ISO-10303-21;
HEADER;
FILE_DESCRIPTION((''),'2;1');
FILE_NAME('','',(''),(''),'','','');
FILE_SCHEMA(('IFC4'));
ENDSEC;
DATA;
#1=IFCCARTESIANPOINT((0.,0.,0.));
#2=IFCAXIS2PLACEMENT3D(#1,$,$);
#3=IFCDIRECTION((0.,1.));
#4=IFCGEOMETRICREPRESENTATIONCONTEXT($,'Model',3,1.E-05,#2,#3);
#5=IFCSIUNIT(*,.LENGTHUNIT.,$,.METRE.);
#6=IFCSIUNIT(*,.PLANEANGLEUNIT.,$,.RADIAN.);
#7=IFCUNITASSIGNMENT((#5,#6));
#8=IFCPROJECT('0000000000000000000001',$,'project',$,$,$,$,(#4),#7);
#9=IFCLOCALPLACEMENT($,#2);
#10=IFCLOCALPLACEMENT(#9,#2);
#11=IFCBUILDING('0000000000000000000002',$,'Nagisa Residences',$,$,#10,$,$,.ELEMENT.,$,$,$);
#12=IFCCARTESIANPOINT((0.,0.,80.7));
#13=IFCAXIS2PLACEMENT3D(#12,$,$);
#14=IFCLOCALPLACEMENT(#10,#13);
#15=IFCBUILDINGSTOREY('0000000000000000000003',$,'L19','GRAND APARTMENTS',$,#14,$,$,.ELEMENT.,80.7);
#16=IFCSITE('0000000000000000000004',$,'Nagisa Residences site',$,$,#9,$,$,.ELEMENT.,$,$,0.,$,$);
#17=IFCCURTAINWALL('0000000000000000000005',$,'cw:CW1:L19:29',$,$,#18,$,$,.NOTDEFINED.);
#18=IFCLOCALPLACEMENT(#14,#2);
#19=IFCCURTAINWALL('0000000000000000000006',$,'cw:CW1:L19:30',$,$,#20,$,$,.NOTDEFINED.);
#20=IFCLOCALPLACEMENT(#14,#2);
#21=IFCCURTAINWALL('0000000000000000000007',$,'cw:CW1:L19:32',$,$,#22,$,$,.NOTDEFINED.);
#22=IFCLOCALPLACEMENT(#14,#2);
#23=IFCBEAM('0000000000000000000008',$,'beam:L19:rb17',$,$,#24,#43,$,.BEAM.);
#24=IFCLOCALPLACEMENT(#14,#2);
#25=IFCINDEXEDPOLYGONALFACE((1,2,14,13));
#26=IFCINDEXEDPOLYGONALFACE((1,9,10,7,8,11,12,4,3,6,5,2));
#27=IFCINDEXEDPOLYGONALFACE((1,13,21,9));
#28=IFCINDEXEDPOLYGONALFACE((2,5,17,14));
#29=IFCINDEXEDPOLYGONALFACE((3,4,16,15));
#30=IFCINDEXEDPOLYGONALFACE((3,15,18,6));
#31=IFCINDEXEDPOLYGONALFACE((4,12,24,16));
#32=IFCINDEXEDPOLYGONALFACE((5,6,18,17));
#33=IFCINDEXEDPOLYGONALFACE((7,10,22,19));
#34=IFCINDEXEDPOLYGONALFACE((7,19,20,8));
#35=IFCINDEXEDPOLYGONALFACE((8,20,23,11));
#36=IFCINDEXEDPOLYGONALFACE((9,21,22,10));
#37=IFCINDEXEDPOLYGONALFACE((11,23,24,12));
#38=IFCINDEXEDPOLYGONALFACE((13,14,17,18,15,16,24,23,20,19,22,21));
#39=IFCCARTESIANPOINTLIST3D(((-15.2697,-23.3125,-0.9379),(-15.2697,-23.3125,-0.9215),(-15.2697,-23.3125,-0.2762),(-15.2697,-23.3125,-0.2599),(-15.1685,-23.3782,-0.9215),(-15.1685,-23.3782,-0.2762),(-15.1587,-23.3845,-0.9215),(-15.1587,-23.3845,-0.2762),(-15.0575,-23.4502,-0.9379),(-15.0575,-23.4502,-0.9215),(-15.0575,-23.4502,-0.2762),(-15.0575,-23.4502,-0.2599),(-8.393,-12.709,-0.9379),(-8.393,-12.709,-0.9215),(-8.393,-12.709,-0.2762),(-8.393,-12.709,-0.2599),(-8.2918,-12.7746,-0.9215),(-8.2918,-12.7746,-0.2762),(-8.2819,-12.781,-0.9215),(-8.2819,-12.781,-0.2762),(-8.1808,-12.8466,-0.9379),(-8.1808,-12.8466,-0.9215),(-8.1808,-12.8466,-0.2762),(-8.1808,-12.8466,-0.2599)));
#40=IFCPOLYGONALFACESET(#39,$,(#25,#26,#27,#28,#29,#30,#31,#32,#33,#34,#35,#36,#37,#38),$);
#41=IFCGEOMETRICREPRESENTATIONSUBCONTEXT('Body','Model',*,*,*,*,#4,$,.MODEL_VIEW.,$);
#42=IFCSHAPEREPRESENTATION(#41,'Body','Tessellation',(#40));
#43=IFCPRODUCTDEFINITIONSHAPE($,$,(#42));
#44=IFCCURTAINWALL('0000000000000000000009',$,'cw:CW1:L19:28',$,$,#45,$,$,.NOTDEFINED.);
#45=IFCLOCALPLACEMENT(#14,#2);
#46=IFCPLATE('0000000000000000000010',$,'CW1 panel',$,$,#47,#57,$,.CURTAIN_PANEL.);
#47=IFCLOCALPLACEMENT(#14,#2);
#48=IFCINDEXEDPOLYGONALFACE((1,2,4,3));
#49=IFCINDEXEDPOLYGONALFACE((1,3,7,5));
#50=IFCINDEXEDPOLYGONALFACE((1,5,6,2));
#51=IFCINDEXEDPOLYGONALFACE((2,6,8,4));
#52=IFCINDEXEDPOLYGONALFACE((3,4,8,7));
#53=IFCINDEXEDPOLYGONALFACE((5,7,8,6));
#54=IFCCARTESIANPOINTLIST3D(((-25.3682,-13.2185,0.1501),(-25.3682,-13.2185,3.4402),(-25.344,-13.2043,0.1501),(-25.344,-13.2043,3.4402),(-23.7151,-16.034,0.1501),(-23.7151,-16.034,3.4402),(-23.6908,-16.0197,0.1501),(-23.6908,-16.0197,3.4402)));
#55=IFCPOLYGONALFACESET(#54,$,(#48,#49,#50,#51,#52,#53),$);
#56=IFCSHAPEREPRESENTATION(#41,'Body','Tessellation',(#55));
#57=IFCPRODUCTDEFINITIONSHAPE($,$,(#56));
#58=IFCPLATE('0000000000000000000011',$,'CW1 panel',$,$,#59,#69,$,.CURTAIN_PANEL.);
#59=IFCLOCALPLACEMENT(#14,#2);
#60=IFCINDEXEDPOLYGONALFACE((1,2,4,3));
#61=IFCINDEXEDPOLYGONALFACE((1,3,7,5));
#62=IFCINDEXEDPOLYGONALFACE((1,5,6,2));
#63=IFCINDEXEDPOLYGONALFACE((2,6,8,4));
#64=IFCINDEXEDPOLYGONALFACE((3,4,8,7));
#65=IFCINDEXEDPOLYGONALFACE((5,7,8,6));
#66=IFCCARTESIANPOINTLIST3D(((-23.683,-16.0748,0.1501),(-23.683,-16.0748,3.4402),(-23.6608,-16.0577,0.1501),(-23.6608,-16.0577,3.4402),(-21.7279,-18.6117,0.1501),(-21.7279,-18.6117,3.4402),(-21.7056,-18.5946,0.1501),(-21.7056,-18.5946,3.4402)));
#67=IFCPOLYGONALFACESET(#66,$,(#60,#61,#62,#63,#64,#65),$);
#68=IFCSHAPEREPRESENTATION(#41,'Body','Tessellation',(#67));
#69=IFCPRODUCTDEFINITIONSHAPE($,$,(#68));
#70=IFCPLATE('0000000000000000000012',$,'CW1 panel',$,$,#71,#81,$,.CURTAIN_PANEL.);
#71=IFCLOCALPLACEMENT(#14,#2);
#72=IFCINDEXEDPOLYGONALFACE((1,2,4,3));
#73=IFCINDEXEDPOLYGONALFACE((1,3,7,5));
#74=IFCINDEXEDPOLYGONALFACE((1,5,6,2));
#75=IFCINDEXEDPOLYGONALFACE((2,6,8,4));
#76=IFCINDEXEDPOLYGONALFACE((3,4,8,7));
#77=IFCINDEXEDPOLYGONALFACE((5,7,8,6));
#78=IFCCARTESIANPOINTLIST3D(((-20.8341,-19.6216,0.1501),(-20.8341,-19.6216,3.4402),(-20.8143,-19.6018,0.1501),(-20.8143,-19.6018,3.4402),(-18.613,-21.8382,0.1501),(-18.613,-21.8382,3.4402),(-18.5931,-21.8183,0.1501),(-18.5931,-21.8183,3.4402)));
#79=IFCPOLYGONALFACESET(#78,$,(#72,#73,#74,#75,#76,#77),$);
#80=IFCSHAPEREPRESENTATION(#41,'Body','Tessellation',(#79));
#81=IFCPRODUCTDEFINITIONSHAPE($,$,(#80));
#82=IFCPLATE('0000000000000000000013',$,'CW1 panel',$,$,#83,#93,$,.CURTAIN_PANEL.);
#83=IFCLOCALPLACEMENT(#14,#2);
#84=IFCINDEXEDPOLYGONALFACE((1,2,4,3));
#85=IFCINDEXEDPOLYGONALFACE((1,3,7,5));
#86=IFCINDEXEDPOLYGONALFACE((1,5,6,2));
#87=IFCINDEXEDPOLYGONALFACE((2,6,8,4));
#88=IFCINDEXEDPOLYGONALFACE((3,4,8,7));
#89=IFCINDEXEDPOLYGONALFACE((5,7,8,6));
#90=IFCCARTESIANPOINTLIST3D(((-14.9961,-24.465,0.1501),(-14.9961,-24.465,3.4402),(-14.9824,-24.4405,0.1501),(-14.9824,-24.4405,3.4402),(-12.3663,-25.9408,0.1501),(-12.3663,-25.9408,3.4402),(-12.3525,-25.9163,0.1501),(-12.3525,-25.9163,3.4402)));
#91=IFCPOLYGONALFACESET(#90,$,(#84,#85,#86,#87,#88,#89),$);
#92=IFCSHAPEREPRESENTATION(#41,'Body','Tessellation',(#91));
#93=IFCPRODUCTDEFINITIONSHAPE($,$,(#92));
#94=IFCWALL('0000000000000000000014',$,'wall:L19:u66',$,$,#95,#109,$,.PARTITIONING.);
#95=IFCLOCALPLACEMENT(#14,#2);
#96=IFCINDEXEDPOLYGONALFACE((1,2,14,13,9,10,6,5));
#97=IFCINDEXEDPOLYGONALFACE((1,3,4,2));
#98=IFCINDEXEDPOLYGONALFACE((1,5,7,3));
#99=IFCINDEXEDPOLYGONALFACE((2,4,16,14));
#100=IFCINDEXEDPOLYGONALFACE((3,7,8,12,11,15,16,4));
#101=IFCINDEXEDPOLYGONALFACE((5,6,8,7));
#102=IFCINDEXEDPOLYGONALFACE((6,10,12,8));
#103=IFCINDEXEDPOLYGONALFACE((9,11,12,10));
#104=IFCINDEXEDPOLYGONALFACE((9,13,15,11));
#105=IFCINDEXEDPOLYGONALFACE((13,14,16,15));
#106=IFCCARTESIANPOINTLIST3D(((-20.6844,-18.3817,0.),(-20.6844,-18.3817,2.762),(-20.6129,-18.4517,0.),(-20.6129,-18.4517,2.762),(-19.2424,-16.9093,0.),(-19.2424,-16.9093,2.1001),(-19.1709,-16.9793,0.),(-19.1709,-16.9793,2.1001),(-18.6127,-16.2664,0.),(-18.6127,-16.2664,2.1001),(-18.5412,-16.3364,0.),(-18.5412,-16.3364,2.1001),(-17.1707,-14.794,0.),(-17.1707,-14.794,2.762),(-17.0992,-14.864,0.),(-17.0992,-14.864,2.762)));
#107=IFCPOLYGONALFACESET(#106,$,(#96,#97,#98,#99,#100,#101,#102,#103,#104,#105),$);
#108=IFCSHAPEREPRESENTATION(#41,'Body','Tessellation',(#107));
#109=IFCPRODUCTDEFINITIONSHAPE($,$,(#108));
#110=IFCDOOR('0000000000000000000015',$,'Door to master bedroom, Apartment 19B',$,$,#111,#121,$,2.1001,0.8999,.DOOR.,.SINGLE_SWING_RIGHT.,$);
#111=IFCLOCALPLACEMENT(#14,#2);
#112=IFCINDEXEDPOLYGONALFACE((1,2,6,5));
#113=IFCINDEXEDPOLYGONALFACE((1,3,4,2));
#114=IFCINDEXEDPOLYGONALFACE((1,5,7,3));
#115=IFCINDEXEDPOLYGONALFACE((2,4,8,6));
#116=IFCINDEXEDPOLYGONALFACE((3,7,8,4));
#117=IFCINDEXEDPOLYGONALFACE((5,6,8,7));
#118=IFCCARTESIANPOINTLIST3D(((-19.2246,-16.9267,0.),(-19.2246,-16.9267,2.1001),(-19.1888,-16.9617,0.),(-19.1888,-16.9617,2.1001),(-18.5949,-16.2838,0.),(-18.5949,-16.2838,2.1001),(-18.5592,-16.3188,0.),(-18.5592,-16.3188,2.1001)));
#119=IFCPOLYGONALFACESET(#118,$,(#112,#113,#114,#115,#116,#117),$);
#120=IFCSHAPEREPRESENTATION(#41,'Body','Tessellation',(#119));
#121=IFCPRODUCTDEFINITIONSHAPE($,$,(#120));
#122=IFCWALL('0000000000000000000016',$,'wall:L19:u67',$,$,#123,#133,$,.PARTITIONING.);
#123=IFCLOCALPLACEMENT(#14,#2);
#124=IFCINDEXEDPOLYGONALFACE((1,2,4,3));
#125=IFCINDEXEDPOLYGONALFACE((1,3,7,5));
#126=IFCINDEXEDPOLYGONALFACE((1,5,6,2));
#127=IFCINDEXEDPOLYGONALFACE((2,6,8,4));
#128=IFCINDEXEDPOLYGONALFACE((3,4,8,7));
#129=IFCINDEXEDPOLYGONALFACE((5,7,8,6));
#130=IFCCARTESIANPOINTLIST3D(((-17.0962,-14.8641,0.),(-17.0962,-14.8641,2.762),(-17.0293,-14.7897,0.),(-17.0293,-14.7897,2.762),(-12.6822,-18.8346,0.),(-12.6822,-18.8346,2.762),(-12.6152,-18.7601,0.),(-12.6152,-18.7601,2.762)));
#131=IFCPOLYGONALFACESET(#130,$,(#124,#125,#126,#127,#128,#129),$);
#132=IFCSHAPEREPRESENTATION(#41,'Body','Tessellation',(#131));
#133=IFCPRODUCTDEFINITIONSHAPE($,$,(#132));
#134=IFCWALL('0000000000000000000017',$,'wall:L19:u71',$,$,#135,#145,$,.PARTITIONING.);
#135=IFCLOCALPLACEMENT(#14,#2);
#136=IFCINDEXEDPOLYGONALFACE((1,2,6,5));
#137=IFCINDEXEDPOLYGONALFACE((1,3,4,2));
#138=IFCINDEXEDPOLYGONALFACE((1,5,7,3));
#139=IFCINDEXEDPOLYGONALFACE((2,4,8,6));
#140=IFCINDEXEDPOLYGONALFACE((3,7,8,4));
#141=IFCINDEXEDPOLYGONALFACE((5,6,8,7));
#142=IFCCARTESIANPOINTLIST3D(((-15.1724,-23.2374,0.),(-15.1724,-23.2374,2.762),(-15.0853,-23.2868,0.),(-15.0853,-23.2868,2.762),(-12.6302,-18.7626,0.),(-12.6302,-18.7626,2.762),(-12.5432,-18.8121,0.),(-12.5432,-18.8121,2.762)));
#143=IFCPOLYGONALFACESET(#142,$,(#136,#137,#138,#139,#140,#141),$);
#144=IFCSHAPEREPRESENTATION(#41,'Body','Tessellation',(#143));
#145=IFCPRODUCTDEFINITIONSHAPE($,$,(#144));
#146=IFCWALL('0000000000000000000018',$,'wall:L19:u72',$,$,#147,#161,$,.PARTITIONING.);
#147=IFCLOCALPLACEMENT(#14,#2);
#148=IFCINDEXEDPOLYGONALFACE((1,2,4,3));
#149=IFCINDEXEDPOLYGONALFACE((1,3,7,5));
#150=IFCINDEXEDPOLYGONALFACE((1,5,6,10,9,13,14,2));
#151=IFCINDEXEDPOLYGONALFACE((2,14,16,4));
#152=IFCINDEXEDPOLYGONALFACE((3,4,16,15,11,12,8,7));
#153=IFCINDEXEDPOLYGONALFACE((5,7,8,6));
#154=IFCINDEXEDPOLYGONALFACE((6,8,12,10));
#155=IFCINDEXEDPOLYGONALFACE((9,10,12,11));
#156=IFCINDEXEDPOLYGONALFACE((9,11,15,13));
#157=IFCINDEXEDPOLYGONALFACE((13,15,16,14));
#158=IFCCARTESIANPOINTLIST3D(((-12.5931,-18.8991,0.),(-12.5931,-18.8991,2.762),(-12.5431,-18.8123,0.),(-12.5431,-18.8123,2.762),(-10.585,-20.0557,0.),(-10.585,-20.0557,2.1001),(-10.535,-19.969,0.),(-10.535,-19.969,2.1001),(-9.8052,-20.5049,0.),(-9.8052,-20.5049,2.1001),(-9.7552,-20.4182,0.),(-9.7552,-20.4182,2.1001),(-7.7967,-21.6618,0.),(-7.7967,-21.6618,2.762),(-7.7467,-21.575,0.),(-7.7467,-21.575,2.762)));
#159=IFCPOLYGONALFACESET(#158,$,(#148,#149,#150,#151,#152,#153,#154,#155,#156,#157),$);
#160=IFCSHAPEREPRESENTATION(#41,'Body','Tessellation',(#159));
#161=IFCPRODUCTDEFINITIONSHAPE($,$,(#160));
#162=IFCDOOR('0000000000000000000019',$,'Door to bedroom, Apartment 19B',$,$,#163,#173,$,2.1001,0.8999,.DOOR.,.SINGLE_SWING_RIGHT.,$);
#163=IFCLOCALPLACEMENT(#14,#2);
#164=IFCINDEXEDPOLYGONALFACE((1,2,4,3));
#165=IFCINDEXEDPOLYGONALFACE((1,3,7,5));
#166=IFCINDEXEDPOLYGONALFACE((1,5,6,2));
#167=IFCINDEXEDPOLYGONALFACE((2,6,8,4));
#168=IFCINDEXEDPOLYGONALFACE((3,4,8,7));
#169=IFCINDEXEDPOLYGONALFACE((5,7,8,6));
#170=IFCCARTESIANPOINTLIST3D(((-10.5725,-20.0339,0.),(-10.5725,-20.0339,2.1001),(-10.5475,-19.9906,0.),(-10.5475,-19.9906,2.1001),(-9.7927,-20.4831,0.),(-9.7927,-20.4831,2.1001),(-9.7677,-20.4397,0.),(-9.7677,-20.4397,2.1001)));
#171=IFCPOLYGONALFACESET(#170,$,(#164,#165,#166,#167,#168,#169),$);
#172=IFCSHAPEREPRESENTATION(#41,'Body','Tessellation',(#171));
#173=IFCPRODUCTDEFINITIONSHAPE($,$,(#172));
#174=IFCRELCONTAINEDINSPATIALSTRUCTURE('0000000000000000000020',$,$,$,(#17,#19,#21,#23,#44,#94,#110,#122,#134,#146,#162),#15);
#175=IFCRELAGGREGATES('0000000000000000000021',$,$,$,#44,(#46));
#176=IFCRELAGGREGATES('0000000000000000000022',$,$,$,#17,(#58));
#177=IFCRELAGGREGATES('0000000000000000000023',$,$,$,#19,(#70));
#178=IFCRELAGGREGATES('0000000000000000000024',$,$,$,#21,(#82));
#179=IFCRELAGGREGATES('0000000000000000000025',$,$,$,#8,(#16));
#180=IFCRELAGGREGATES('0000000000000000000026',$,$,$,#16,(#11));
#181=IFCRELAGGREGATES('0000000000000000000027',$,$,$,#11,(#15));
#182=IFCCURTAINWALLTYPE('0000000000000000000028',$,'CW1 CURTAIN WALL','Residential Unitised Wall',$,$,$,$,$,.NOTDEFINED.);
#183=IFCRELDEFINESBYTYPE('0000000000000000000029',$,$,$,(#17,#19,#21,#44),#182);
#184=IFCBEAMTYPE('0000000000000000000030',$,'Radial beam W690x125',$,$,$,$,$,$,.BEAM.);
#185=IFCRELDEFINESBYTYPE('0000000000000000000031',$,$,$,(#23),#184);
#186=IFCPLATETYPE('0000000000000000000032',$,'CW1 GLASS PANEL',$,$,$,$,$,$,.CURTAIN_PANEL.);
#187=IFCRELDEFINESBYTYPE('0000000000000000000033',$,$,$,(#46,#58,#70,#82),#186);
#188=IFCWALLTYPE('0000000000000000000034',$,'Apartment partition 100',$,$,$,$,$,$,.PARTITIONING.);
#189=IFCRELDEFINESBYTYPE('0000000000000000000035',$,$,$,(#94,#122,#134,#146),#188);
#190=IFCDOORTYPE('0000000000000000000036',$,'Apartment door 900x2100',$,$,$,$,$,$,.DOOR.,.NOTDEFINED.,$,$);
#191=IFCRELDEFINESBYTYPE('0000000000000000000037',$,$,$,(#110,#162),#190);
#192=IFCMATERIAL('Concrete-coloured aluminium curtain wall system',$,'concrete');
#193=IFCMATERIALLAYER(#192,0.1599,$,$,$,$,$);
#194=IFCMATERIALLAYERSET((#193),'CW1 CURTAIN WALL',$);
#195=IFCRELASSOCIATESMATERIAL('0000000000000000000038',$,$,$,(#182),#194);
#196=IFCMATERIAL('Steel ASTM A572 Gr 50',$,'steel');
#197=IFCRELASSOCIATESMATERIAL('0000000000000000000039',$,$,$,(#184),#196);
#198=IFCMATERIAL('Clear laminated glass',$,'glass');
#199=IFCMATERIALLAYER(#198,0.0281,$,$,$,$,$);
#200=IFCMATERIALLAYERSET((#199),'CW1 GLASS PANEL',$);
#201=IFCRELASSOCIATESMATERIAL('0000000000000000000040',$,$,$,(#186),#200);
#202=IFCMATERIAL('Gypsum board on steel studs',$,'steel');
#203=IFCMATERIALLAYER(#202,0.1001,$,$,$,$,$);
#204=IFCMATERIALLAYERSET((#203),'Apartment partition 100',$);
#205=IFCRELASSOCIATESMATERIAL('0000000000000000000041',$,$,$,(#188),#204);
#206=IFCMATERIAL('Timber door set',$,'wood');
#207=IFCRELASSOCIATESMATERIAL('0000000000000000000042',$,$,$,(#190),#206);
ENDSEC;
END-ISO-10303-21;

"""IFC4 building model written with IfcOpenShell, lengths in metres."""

from ifc_helpers import new_model, si_unit, direction, frame, frame_2d, origin, origin_2d, place, context, subcontext, project, spatial, rectangle, i_section, extrude, material, layer, layer_set, material_profile, profile_set, type_object, element, fill, aggregate, save


model = new_model("IFC4")

# Units and contexts
model_context = context("Model", 3, precision=1e-05, world=origin(), true_north=direction((0.0, 1.0)))
body_context = subcontext(model_context, "Body", "Model", "MODEL_VIEW")
ifc_project = project(units=[si_unit("LENGTHUNIT", "METRE"), si_unit("PLANEANGLEUNIT", "RADIAN")], contexts=[model_context])

# Site, building, storey
site_placement = place(None, origin())
site = spatial("IfcSite", under=ifc_project, at=site_placement, Name="Nagisa Residences site", CompositionType="ELEMENT", RefElevation=0.0)
building_placement = place(site_placement, origin())
building = spatial("IfcBuilding", under=site, at=building_placement, Name="Nagisa Residences", CompositionType="ELEMENT")
storey_placement = place(building_placement, frame((0.0, 0.0, 80.7)))
storey = spatial("IfcBuildingStorey", under=building, at=storey_placement, Name="L19", Description="GRAND APARTMENTS", CompositionType="ELEMENT", Elevation=80.7)

# Curtain walls
ifc_material_1 = material(Name="Concrete-coloured aluminium curtain wall system", Category="concrete")
ifc_layer_1 = layer(ifc_material_1, 0.1599)
ifc_layer_set_1 = layer_set([ifc_layer_1], Name="CW1 CURTAIN WALL")
curtain_wall_type = type_object("IfcCurtainWallType", Name="CW1 CURTAIN WALL", Description="Residential Unitised Wall", PredefinedType="NOTDEFINED", material=ifc_layer_set_1)
curtain_wall_1_placement = place(storey_placement, origin())
curtain_wall_1 = element("IfcCurtainWall", 1, at=curtain_wall_1_placement, inside=storey, type_object=curtain_wall_type, Name="cw:CW1:L19:29", PredefinedType="NOTDEFINED")
curtain_wall_2_placement = place(storey_placement, origin())
curtain_wall_2 = element("IfcCurtainWall", 2, at=curtain_wall_2_placement, inside=storey, type_object=curtain_wall_type, Name="cw:CW1:L19:30", PredefinedType="NOTDEFINED")
curtain_wall_3_placement = place(storey_placement, origin())
curtain_wall_3 = element("IfcCurtainWall", 3, at=curtain_wall_3_placement, inside=storey, type_object=curtain_wall_type, Name="cw:CW1:L19:32", PredefinedType="NOTDEFINED")

# Beam
ifc_material_2 = material(Name="Steel ASTM A572 Gr 50", Category="steel")
ifc_material_profile_1 = material_profile(ifc_material_2, i_section(OverallWidth=0.2529, OverallDepth=0.678, WebThickness=0.0117, FlangeThickness=0.0164, at=origin_2d()), Name="W690x125")
ifc_profile_set_1 = profile_set([ifc_material_profile_1], Name="Steel ASTM A572 Gr 50")
beam_type_1 = type_object("IfcBeamType", Name="Radial beam W690x125", PredefinedType="BEAM", material=ifc_profile_set_1)
beam_1_placement = place(storey_placement, frame((-15.1636, -23.3813, -0.5989), z_axis=(0.544122, 0.839006, 0.0), x_axis=(-0.839006, 0.544122, 0.0)))
element("IfcBeam", 4, at=beam_1_placement, inside=storey, type_object=beam_type_1, Name="beam:L19:rb17", PredefinedType="BEAM", context=body_context, shape_type="SweptSolid", body=[
    extrude(i_section(OverallWidth=0.2529, OverallDepth=0.678, WebThickness=0.0117, FlangeThickness=0.0164, at=origin_2d()), origin(), (0.0, 0.0, 1.0), 12.6382),
])

# Curtain wall, plate
curtain_wall_4_placement = place(storey_placement, origin())
curtain_wall_4 = element("IfcCurtainWall", 5, at=curtain_wall_4_placement, inside=storey, type_object=curtain_wall_type, Name="cw:CW1:L19:28", PredefinedType="NOTDEFINED")
ifc_material_3 = material(Name="Clear laminated glass", Category="glass")
ifc_layer_2 = layer(ifc_material_3, 0.0281)
ifc_layer_set_2 = layer_set([ifc_layer_2], Name="CW1 GLASS PANEL")
plate_type = type_object("IfcPlateType", Name="CW1 GLASS PANEL", PredefinedType="CURTAIN_PANEL", material=ifc_layer_set_2)
plate_1_placement = place(storey_placement, frame((-24.5295, -14.6191, 0.1501), z_axis=(0.0, 0.0, 1.0), x_axis=(0.506349, -0.862329, 0.0)))
plate_1 = element("IfcPlate", 6, at=plate_1_placement, type_object=plate_type, Name="CW1 panel", PredefinedType="CURTAIN_PANEL", context=body_context, shape_type="SweptSolid", body=[
    extrude(rectangle(XDim=3.2649, YDim=0.0281, at=origin_2d()), origin(), (0.0, 0.0, 1.0), 3.29),
])
aggregate(curtain_wall_4, [plate_1])

# Plates
plate_2_placement = place(storey_placement, frame((-22.6943, -17.3347, 0.1501), z_axis=(0.0, 0.0, 1.0), x_axis=(0.61043, -0.79207, 0.0)))
plate_2 = element("IfcPlate", 7, at=plate_2_placement, type_object=plate_type, Name="CW1 panel", PredefinedType="CURTAIN_PANEL", context=body_context, shape_type="SweptSolid", body=[
    extrude(rectangle(XDim=3.2029, YDim=0.0281, at=origin_2d()), origin(), (0.0, 0.0, 1.0), 3.29),
])
aggregate(curtain_wall_1, [plate_2])
plate_3_placement = place(storey_placement, frame((-19.7136, -20.72, 0.1501), z_axis=(0.0, 0.0, 1.0), x_axis=(0.707836, -0.706377, 0.0)))
plate_3 = element("IfcPlate", 8, at=plate_3_placement, type_object=plate_type, Name="CW1 panel", PredefinedType="CURTAIN_PANEL", context=body_context, shape_type="SweptSolid", body=[
    extrude(rectangle(XDim=3.1379, YDim=0.0281, at=origin_2d()), origin(), (0.0, 0.0, 1.0), 3.29),
])
aggregate(curtain_wall_2, [plate_3])
plate_4_placement = place(storey_placement, frame((-13.6743, -25.1907, 0.1501), z_axis=(0.0, 0.0, 1.0), x_axis=(0.872072, -0.489377, 0.0)))
plate_4 = element("IfcPlate", 9, at=plate_4_placement, type_object=plate_type, Name="CW1 panel", PredefinedType="CURTAIN_PANEL", context=body_context, shape_type="SweptSolid", body=[
    extrude(rectangle(XDim=3.0156, YDim=0.0281, at=origin_2d()), origin(), (0.0, 0.0, 1.0), 3.29),
])
aggregate(curtain_wall_3, [plate_4])

# Wall, opening, door
ifc_material_4 = material(Name="Gypsum board on steel studs", Category="steel")
ifc_layer_3 = layer(ifc_material_4, 0.1001)
ifc_layer_set_3 = layer_set([ifc_layer_3], Name="Apartment partition 100")
wall_type_1 = type_object("IfcWallType", Name="Apartment partition 100", PredefinedType="PARTITIONING", material=ifc_layer_set_3)
wall_1_placement = place(storey_placement, frame((-17.135, -14.8291, 0.0), z_axis=(0.0, 0.0, 1.0), x_axis=(-0.699703, -0.714434, 0.0)))
wall_1 = element("IfcWall", 10, at=wall_1_placement, inside=storey, type_object=wall_type_1, Name="wall:L19:u66", PredefinedType="PARTITIONING", context=body_context, shape_type="SweptSolid", body=[
    extrude(rectangle(XDim=5.0217, YDim=0.1001, at=frame_2d((2.5107, 0.0))), origin(), (0.0, 0.0, 1.0), 2.762),
])
opening_1_placement = place(wall_1_placement, frame((2.0608, 0.0, 0.0)))
opening_1 = element("IfcOpeningElement", 11, at=opening_1_placement, cuts=wall_1, PredefinedType="OPENING", context=body_context, shape_type="SweptSolid", body=[
    extrude(rectangle(XDim=0.8999, YDim=2.1001, at=frame_2d((0.45, 1.05))), frame((0.0, 0.0601, 0.0), z_axis=(0.0, -1.0, 0.0), x_axis=(1.0, 0.0, 0.0)), (0.0, 0.0, 1.0), 0.1201),
])
ifc_material_5 = material(Name="Timber door set", Category="wood")
door_type_1 = type_object("IfcDoorType", Name="Apartment door 900x2100", OperationType="NOTDEFINED", PredefinedType="DOOR", material=ifc_material_5)
door_1_placement = place(opening_1_placement, origin())
door_1 = element("IfcDoor", 12, at=door_1_placement, inside=storey, type_object=door_type_1, Name="Door to master bedroom, Apartment 19B", OperationType="SINGLE_SWING_RIGHT", OverallHeight=2.1001, OverallWidth=0.8999, PredefinedType="DOOR", context=body_context, shape_type="SweptSolid", body=[
    extrude(rectangle(XDim=0.8999, YDim=2.1001, at=frame_2d((0.45, 1.05))), frame((0.0, 0.0249, 0.0), z_axis=(0.0, -1.0, 0.0), x_axis=(1.0, 0.0, 0.0)), (0.0, 0.0, 1.0), 0.05),
])
fill(opening_1, door_1)

# Walls
wall_2_placement = place(storey_placement, frame((-17.0627, -14.8269, 0.0), z_axis=(0.0, 0.0, 1.0), x_axis=(0.743478, -0.66876, 0.0)))
element("IfcWall", 13, at=wall_2_placement, inside=storey, type_object=wall_type_1, Name="wall:L19:u67", PredefinedType="PARTITIONING", context=body_context, shape_type="SweptSolid", body=[
    extrude(rectangle(XDim=5.937, YDim=0.1001, at=frame_2d((2.9685, 0.0))), origin(), (0.0, 0.0, 1.0), 2.762),
])
wall_3_placement = place(storey_placement, frame((-12.5867, -18.7874, 0.0), z_axis=(0.0, 0.0, 1.0), x_axis=(-0.493966, -0.869481, 0.0)))
element("IfcWall", 14, at=wall_3_placement, inside=storey, type_object=wall_type_1, Name="wall:L19:u71", PredefinedType="PARTITIONING", context=body_context, shape_type="SweptSolid", body=[
    extrude(rectangle(XDim=5.1465, YDim=0.1001, at=frame_2d((2.5732, 0.0))), origin(), (0.0, 0.0, 1.0), 2.762),
])

# Wall, opening, door
wall_4_placement = place(storey_placement, frame((-12.5681, -18.8557, 0.0), z_axis=(0.0, 0.0, 1.0), x_axis=(0.866533, -0.499119, 0.0)))
wall_4 = element("IfcWall", 15, at=wall_4_placement, inside=storey, type_object=wall_type_1, Name="wall:L19:u72", PredefinedType="PARTITIONING", context=body_context, shape_type="SweptSolid", body=[
    extrude(rectangle(XDim=5.5352, YDim=0.1001, at=frame_2d((2.7676, 0.0))), origin(), (0.0, 0.0, 1.0), 2.762),
])
opening_2_placement = place(wall_4_placement, frame((2.3174, 0.0, 0.0)))
opening_2 = element("IfcOpeningElement", 16, at=opening_2_placement, cuts=wall_4, PredefinedType="OPENING", context=body_context, shape_type="SweptSolid", body=[
    extrude(rectangle(XDim=0.8999, YDim=2.1001, at=frame_2d((0.45, 1.05))), frame((0.0, 0.0601, 0.0), z_axis=(0.0, -1.0, 0.0), x_axis=(1.0, 0.0, 0.0)), (0.0, 0.0, 1.0), 0.1201),
])
door_2_placement = place(opening_2_placement, frame((0.8999, 0.0, 0.0), x_axis=(-1.0, 0.0, 0.0)))
door_2 = element("IfcDoor", 17, at=door_2_placement, inside=storey, type_object=door_type_1, Name="Door to bedroom, Apartment 19B", OperationType="SINGLE_SWING_RIGHT", OverallHeight=2.1001, OverallWidth=0.8999, PredefinedType="DOOR", context=body_context, shape_type="SweptSolid", body=[
    extrude(rectangle(XDim=0.8999, YDim=2.1001, at=frame_2d((0.45, 1.05))), frame((0.0, 0.0249, 0.0), z_axis=(0.0, -1.0, 0.0), x_axis=(1.0, 0.0, 0.0)), (0.0, 0.0, 1.0), 0.05),
])
fill(opening_2, door_2)

save(model, "model.ifc")
